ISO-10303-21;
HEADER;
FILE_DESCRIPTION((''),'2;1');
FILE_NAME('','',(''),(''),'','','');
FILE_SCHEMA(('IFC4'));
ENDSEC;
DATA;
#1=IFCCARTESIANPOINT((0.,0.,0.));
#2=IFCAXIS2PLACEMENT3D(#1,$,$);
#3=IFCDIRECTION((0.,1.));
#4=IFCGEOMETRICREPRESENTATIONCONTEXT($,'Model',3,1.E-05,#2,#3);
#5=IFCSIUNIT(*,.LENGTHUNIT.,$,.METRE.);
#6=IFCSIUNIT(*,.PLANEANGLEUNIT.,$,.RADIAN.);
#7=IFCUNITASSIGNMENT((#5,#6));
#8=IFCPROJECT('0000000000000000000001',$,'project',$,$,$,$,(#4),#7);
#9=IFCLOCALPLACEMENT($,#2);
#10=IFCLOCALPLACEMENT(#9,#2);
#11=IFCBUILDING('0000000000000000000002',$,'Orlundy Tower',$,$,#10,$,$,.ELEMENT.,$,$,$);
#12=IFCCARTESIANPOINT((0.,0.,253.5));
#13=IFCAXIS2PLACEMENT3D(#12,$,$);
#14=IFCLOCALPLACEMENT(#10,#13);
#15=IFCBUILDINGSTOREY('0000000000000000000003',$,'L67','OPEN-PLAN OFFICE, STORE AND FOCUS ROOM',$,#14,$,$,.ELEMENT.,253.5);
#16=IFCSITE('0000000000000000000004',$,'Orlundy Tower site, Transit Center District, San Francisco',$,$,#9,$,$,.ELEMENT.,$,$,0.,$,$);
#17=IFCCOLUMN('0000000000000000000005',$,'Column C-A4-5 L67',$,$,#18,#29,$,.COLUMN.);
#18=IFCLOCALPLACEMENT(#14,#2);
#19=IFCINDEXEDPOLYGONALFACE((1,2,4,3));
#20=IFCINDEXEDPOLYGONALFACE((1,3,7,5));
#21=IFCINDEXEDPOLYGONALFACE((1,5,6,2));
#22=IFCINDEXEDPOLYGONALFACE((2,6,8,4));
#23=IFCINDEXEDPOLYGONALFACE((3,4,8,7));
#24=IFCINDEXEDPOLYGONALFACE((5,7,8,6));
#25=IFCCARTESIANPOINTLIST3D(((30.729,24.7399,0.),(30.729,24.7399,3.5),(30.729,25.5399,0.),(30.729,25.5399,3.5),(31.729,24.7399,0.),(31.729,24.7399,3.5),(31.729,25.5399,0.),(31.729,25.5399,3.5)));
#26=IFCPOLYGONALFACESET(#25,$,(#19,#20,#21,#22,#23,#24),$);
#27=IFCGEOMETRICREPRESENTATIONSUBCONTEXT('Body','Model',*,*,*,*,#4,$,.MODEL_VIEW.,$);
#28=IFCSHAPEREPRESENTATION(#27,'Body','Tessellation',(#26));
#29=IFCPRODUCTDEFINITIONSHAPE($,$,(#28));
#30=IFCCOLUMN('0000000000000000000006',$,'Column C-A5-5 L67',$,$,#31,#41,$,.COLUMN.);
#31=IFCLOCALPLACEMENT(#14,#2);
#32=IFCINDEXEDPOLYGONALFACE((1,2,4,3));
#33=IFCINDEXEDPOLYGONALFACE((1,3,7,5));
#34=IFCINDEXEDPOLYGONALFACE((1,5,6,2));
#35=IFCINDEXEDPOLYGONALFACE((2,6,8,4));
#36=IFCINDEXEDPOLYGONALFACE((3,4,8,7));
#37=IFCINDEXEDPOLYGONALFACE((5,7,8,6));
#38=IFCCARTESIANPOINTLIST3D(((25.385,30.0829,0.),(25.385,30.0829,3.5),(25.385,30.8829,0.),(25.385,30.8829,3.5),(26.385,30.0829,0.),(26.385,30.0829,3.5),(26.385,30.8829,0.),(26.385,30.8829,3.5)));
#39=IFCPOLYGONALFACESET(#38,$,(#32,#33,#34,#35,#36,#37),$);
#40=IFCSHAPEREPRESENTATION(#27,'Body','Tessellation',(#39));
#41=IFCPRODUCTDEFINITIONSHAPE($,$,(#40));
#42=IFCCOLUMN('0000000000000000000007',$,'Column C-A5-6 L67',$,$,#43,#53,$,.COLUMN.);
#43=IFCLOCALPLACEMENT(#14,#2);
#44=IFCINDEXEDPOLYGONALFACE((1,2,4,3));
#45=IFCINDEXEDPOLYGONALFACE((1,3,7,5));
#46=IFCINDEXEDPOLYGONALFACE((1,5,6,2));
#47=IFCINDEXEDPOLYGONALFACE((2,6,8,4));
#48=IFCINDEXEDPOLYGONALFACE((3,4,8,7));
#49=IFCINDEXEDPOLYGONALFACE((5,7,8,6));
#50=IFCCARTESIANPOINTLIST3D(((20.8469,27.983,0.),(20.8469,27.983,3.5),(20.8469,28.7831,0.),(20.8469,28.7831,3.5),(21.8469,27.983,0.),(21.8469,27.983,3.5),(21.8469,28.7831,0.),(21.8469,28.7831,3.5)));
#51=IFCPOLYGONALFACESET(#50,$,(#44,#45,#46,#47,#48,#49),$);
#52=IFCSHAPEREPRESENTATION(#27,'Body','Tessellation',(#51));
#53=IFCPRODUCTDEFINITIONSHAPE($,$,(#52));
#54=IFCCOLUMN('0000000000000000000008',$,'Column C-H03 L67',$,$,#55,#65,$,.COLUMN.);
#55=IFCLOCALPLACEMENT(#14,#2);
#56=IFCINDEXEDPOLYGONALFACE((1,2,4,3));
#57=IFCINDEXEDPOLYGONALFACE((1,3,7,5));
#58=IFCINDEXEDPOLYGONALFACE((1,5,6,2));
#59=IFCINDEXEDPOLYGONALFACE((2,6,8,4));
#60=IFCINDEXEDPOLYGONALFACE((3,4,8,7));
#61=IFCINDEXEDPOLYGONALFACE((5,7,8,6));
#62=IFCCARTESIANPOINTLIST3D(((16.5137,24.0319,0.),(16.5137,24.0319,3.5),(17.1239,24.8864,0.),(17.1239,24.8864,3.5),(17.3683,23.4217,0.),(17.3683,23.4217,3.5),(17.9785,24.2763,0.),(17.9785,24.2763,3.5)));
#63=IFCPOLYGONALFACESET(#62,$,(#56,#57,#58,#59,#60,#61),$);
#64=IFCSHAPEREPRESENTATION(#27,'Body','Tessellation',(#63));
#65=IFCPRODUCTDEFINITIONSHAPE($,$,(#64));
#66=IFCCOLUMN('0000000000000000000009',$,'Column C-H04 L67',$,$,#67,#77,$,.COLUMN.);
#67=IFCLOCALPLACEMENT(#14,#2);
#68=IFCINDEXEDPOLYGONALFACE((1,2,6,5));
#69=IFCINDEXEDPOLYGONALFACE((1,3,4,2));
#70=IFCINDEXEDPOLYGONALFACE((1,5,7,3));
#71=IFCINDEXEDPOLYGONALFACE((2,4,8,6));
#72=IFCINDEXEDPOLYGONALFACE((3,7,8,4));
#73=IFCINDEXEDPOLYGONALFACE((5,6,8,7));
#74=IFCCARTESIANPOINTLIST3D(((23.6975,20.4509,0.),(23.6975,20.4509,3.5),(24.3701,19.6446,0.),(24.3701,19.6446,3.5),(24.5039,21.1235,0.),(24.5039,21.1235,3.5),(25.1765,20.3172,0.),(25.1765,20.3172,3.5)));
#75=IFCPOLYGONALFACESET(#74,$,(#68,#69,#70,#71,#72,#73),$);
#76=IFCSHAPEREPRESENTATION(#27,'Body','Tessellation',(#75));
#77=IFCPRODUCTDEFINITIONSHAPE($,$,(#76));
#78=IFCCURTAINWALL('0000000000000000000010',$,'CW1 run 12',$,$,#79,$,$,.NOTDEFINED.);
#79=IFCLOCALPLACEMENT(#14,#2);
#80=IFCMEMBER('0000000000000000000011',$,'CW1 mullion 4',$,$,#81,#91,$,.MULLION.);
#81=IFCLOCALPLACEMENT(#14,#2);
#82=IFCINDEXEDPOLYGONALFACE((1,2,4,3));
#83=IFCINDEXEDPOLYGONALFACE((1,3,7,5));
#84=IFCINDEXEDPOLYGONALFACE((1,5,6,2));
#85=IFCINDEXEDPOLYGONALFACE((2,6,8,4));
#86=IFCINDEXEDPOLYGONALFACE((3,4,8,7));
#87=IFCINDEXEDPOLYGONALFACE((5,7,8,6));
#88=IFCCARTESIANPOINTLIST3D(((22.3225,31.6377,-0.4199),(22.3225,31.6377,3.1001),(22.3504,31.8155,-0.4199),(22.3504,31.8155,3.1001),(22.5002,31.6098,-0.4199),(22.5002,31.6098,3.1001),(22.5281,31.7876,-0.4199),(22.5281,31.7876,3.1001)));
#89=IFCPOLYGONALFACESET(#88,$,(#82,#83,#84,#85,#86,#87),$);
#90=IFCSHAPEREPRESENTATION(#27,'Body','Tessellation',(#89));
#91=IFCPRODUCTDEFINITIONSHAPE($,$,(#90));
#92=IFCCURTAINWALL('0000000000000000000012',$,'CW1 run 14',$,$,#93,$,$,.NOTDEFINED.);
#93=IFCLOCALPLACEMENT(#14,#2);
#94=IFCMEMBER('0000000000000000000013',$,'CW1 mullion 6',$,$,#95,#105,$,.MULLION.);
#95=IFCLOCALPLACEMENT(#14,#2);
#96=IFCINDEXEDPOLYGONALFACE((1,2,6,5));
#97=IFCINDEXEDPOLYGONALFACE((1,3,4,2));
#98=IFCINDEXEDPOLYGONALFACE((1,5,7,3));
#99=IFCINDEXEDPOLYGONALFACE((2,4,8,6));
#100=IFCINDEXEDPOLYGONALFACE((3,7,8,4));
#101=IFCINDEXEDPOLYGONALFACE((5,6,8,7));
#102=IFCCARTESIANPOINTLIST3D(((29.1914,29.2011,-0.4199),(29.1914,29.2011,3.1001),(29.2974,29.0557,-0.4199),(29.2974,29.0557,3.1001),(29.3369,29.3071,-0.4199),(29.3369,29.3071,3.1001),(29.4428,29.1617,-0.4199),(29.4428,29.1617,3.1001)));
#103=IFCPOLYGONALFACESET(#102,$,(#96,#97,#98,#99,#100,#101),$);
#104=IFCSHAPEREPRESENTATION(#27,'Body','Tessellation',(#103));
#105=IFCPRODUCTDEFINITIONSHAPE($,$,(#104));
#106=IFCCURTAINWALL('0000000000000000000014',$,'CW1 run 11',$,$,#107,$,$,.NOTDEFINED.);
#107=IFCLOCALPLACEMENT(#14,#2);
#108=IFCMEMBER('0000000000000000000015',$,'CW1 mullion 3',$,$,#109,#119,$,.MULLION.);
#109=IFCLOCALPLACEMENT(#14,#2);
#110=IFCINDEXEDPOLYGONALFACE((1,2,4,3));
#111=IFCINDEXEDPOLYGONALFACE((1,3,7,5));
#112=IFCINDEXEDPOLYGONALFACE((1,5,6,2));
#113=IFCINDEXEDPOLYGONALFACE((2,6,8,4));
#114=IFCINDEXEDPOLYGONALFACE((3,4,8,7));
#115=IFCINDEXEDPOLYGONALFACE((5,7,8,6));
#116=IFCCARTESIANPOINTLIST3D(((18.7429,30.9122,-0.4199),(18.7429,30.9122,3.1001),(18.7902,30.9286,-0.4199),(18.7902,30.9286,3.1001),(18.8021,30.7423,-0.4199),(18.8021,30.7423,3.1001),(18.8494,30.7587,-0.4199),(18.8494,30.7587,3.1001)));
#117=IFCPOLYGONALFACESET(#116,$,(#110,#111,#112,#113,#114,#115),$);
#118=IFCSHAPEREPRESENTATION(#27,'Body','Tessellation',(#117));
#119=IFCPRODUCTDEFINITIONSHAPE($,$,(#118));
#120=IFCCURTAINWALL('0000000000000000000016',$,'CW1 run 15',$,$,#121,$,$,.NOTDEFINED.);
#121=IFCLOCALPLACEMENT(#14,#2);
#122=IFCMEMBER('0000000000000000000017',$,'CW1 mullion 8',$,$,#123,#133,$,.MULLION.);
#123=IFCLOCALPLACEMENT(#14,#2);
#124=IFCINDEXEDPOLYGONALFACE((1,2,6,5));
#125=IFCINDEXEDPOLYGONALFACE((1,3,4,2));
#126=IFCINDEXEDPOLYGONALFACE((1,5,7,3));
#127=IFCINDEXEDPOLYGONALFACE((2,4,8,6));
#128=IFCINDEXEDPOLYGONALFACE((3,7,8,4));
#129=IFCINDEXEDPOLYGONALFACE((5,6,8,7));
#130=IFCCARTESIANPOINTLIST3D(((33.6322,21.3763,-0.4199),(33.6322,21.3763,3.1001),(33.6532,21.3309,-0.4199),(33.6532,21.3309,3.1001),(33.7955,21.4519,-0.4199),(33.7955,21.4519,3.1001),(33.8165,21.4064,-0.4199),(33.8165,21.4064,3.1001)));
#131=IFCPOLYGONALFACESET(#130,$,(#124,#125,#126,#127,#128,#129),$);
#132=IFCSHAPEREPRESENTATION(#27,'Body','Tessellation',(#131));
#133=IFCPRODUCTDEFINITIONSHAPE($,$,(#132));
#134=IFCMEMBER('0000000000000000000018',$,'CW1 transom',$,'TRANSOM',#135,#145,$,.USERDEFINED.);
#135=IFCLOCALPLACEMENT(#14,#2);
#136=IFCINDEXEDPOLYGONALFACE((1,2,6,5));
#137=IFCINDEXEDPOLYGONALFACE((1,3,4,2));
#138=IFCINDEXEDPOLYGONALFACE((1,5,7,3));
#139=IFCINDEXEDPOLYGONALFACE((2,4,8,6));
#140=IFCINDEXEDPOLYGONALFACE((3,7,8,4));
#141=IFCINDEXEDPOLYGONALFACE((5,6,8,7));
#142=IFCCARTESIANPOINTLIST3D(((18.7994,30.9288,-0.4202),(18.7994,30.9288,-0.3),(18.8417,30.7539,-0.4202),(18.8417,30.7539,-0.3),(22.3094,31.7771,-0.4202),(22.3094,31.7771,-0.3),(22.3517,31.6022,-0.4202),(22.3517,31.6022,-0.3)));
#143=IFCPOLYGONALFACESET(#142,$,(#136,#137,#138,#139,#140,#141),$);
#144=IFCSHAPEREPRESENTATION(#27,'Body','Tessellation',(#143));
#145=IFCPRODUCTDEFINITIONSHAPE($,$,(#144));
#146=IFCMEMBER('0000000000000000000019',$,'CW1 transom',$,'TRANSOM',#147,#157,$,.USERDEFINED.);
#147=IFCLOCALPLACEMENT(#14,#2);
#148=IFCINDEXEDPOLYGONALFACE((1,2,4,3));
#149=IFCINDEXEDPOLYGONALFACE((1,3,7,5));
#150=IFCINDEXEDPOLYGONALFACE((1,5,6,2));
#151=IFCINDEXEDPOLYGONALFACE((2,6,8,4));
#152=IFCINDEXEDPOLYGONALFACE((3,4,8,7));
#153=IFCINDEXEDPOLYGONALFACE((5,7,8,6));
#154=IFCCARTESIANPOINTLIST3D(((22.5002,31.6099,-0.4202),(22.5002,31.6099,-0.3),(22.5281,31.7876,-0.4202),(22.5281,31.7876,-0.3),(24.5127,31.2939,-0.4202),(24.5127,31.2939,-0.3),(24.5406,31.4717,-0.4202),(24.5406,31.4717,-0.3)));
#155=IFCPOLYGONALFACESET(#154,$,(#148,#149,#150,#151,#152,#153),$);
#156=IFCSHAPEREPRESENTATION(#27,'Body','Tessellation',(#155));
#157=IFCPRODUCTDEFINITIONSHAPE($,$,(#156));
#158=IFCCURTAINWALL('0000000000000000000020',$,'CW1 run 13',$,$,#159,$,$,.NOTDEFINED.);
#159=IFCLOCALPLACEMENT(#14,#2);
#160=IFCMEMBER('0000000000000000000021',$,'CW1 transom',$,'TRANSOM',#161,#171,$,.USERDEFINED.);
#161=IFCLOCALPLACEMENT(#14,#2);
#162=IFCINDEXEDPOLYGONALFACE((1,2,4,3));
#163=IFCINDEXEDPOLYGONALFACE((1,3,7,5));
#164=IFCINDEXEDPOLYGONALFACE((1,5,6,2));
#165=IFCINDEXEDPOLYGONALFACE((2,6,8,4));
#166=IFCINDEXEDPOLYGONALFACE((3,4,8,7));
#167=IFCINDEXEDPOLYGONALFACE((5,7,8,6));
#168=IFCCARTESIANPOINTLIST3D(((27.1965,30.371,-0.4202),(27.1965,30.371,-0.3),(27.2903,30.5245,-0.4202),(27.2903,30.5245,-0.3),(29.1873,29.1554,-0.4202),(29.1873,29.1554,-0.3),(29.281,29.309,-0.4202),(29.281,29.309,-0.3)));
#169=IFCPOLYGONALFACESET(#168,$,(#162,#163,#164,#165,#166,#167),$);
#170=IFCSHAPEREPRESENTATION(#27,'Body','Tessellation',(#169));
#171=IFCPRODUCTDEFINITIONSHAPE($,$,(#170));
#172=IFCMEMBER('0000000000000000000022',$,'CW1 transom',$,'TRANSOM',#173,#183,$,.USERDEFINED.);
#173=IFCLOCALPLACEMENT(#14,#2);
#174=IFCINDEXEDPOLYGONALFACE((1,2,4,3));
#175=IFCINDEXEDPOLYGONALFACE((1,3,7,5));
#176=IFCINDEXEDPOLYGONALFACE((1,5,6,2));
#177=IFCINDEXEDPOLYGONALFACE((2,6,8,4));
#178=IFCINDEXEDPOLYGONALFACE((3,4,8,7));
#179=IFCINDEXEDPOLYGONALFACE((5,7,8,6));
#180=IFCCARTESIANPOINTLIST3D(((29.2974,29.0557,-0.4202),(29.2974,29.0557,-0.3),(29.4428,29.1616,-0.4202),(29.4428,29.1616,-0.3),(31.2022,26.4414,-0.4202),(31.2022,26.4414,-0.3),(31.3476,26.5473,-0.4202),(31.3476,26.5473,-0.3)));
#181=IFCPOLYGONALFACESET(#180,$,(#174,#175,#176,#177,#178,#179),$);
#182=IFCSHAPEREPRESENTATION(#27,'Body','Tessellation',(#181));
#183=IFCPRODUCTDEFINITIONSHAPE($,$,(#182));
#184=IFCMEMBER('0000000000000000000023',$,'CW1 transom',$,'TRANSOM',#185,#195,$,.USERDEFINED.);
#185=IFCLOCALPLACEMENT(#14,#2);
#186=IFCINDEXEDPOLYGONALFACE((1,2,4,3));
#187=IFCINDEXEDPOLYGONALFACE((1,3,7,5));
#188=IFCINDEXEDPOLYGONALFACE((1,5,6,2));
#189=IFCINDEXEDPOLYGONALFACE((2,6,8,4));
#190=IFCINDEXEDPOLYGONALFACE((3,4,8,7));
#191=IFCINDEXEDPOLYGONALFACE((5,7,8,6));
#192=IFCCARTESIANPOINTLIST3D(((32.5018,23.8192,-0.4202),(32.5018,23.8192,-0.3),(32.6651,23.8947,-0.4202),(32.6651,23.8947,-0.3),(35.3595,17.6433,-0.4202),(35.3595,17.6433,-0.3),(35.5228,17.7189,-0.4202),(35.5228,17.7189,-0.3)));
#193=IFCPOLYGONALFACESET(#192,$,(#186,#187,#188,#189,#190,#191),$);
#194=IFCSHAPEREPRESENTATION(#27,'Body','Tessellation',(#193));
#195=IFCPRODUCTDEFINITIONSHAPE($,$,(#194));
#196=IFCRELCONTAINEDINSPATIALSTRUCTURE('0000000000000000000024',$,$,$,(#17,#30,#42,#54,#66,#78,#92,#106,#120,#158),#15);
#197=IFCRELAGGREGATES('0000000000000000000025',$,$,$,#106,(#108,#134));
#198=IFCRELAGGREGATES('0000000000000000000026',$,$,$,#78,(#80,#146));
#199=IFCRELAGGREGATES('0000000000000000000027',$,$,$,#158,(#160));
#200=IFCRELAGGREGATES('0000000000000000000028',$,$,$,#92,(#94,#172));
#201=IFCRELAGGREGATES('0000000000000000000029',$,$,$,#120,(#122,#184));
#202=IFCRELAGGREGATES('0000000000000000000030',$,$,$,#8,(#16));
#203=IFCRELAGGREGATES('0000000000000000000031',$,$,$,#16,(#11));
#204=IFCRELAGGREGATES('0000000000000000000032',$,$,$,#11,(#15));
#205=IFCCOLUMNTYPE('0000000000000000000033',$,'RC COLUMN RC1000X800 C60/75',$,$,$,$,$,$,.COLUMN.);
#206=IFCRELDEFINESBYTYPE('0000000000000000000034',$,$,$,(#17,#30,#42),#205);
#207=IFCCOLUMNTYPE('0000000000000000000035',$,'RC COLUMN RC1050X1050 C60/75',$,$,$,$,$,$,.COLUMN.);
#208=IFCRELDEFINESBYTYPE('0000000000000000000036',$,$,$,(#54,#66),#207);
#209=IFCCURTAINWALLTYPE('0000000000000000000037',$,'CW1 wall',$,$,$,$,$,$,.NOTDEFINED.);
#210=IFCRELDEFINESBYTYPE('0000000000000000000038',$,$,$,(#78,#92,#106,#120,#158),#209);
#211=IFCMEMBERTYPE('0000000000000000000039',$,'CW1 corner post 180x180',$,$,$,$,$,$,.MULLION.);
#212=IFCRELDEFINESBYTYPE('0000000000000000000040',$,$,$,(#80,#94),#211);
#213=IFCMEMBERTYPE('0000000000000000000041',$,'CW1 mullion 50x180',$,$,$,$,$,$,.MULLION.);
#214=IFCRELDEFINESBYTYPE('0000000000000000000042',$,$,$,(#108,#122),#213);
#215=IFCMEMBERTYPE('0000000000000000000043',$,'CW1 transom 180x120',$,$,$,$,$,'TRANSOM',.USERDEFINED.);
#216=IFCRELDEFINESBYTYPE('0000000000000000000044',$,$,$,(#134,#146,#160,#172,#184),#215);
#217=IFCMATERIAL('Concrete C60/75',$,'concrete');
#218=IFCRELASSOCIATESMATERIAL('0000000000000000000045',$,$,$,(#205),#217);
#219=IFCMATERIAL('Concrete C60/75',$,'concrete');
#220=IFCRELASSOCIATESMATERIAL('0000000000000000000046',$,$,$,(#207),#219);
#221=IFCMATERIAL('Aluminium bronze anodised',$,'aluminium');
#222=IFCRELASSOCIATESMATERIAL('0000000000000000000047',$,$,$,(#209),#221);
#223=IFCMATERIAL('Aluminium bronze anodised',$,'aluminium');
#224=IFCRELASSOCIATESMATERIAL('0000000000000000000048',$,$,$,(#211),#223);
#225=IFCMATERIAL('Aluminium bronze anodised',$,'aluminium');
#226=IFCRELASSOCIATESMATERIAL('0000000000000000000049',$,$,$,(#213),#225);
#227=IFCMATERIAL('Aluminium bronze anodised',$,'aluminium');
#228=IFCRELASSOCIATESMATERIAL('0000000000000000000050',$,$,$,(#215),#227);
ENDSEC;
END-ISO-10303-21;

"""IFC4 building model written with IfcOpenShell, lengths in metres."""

from ifc_helpers import new_model, si_unit, direction, frame, origin, origin_2d, place, context, subcontext, project, spatial, rectangle, extrude, material, material_profile, profile_set, type_object, element, aggregate, save


model = new_model("IFC4")

# Units and contexts
model_context = context("Model", 3, precision=1e-05, world=origin(), true_north=direction((0.0, 1.0)))
body_context = subcontext(model_context, "Body", "Model", "MODEL_VIEW")
ifc_project = project(units=[si_unit("LENGTHUNIT", "METRE"), si_unit("PLANEANGLEUNIT", "RADIAN")], contexts=[model_context])

# Site, building, storey
site_placement = place(None, origin())
site = spatial("IfcSite", under=ifc_project, at=site_placement, Name="Orlundy Tower site, Transit Center District, San Francisco", CompositionType="ELEMENT", RefElevation=0.0)
building_placement = place(site_placement, origin())
building = spatial("IfcBuilding", under=site, at=building_placement, Name="Orlundy Tower", CompositionType="ELEMENT")
storey_placement = place(building_placement, frame((0.0, 0.0, 253.5)))
storey = spatial("IfcBuildingStorey", under=building, at=storey_placement, Name="L67", Description="OPEN-PLAN OFFICE, STORE AND FOCUS ROOM", CompositionType="ELEMENT", Elevation=253.5)

# Columns
ifc_material_1 = material(Name="Concrete C60/75", Category="concrete")
ifc_material_profile_1 = material_profile(ifc_material_1, rectangle(XDim=1.0, YDim=0.8, at=origin_2d()), Name="RC1000X800")
ifc_profile_set_1 = profile_set([ifc_material_profile_1], Name="Concrete C60/75")
column_type_1 = type_object("IfcColumnType", Name="RC COLUMN RC1000X800 C60/75", PredefinedType="COLUMN", material=ifc_profile_set_1)
for number, where, z_axis, x_axis, name in (
    (1, (31.229, 25.1399, 0.0), (0.0, 0.0, 1.0), (1.0, 0.0, 0.0), "Column C-A4-5 L67"),
    (2, (25.885, 30.4829, 0.0), (0.0, 0.0, 1.0), (1.0, 0.0, 0.0), "Column C-A5-5 L67"),
    (3, (21.3469, 28.3831, 0.0), (0.0, 0.0, 1.0), (1.0, 0.0, 0.0), "Column C-A5-6 L67"),
):
    element("IfcColumn", number, at=place(storey_placement, frame(where, z_axis=z_axis, x_axis=x_axis)), inside=storey, type_object=column_type_1, Name=name, PredefinedType="COLUMN", context=body_context, shape_type="SweptSolid", body=[
        extrude(rectangle(XDim=1.0, YDim=0.8, at=origin_2d()), origin(), (0.0, 0.0, 1.0), 3.5),
    ])
ifc_material_2 = material(Name="Concrete C60/75", Category="concrete")
ifc_material_profile_2 = material_profile(ifc_material_2, rectangle(XDim=1.05, YDim=1.05, at=origin_2d()), Name="RC1050X1050")
ifc_profile_set_2 = profile_set([ifc_material_profile_2], Name="Concrete C60/75")
column_type_2 = type_object("IfcColumnType", Name="RC COLUMN RC1050X1050 C60/75", PredefinedType="COLUMN", material=ifc_profile_set_2)
for number, where, z_axis, x_axis, name in (
    (4, (17.2461, 24.1541, 0.0), (0.0, 0.0, 1.0), (0.581087, 0.813842, 0.0), "Column C-H03 L67"),
    (5, (24.437, 20.384, 0.0), (0.0, 0.0, 1.0), (0.767915, 0.640552, 0.0), "Column C-H04 L67"),
):
    element("IfcColumn", number, at=place(storey_placement, frame(where, z_axis=z_axis, x_axis=x_axis)), inside=storey, type_object=column_type_2, Name=name, PredefinedType="COLUMN", context=body_context, shape_type="SweptSolid", body=[
        extrude(rectangle(XDim=1.05, YDim=1.05, at=origin_2d()), origin(), (0.0, 0.0, 1.0), 3.5),
    ])

# Curtain walls, members
ifc_material_3 = material(Name="Aluminium bronze anodised", Category="aluminium")
curtain_wall_type = type_object("IfcCurtainWallType", Name="CW1 wall", PredefinedType="NOTDEFINED", material=ifc_material_3)
curtain_wall_1_placement = place(storey_placement, origin())
curtain_wall_1 = element("IfcCurtainWall", 6, at=curtain_wall_1_placement, inside=storey, type_object=curtain_wall_type, Name="CW1 run 12", PredefinedType="NOTDEFINED")
ifc_material_4 = material(Name="Aluminium bronze anodised", Category="aluminium")
ifc_material_profile_3 = material_profile(ifc_material_4, rectangle(XDim=0.1799, YDim=0.1799, at=origin_2d()), Name="CW1 corner post 180x180")
ifc_profile_set_3 = profile_set([ifc_material_profile_3], Name="Aluminium bronze anodised")
member_type_1 = type_object("IfcMemberType", Name="CW1 corner post 180x180", PredefinedType="MULLION", material=ifc_profile_set_3)
member_1_placement = place(storey_placement, frame((22.4253, 31.7126, -0.4199), z_axis=(0.0, 0.0, 1.0), x_axis=(0.155117, 0.987896, 0.0)))
member_1 = element("IfcMember", 7, at=member_1_placement, type_object=member_type_1, Name="CW1 mullion 4", PredefinedType="MULLION", context=body_context, shape_type="SweptSolid", body=[
    extrude(rectangle(XDim=0.1799, YDim=0.1799, at=origin_2d()), origin(), (0.0, 0.0, 1.0), 3.52),
])
curtain_wall_2_placement = place(storey_placement, origin())
curtain_wall_2 = element("IfcCurtainWall", 8, at=curtain_wall_2_placement, inside=storey, type_object=curtain_wall_type, Name="CW1 run 14", PredefinedType="NOTDEFINED")
member_2_placement = place(storey_placement, frame((29.3171, 29.1814, -0.4199), z_axis=(0.0, 0.0, 1.0), x_axis=(0.808211, 0.588893, 0.0)))
member_2 = element("IfcMember", 9, at=member_2_placement, type_object=member_type_1, Name="CW1 mullion 6", PredefinedType="MULLION", context=body_context, shape_type="SweptSolid", body=[
    extrude(rectangle(XDim=0.1799, YDim=0.1799, at=origin_2d()), origin(), (0.0, 0.0, 1.0), 3.52),
])
curtain_wall_3_placement = place(storey_placement, origin())
curtain_wall_3 = element("IfcCurtainWall", 10, at=curtain_wall_3_placement, inside=storey, type_object=curtain_wall_type, Name="CW1 run 11", PredefinedType="NOTDEFINED")
ifc_material_5 = material(Name="Aluminium bronze anodised", Category="aluminium")
ifc_material_profile_4 = material_profile(ifc_material_5, rectangle(XDim=0.1799, YDim=0.05, at=origin_2d()), Name="CW1 mullion 50x180")
ifc_profile_set_4 = profile_set([ifc_material_profile_4], Name="Aluminium bronze anodised")
member_type_2 = type_object("IfcMemberType", Name="CW1 mullion 50x180", PredefinedType="MULLION", material=ifc_profile_set_4)
member_3_placement = place(storey_placement, frame((18.7961, 30.8354, -0.4199), z_axis=(0.0, 0.0, 1.0), x_axis=(-0.329058, 0.94431, 0.0)))
member_3 = element("IfcMember", 11, at=member_3_placement, type_object=member_type_2, Name="CW1 mullion 3", PredefinedType="MULLION", context=body_context, shape_type="SweptSolid", body=[
    extrude(rectangle(XDim=0.1799, YDim=0.05, at=origin_2d()), origin(), (0.0, 0.0, 1.0), 3.52),
])
curtain_wall_4_placement = place(storey_placement, origin())
curtain_wall_4 = element("IfcCurtainWall", 12, at=curtain_wall_4_placement, inside=storey, type_object=curtain_wall_type, Name="CW1 run 15", PredefinedType="NOTDEFINED")
member_4_placement = place(storey_placement, frame((33.7244, 21.3914, -0.4199), z_axis=(0.0, 0.0, 1.0), x_axis=(0.907542, 0.419961, 0.0)))
member_4 = element("IfcMember", 13, at=member_4_placement, type_object=member_type_2, Name="CW1 mullion 8", PredefinedType="MULLION", context=body_context, shape_type="SweptSolid", body=[
    extrude(rectangle(XDim=0.1799, YDim=0.05, at=origin_2d()), origin(), (0.0, 0.0, 1.0), 3.52),
])

# Members
ifc_material_6 = material(Name="Aluminium bronze anodised", Category="aluminium")
ifc_material_profile_5 = material_profile(ifc_material_6, rectangle(XDim=0.1799, YDim=0.1201, at=origin_2d()), Name="CW1 transom 180x120")
ifc_profile_set_5 = profile_set([ifc_material_profile_5], Name="Aluminium bronze anodised")
member_type_3 = type_object("IfcMemberType", Name="CW1 transom 180x120", ElementType="TRANSOM", PredefinedType="USERDEFINED", material=ifc_profile_set_5)
member_5_placement = place(storey_placement, frame((18.8206, 30.8413, -0.3601), z_axis=(0.97201, 0.23494, 0.0), x_axis=(-0.23494, 0.97201, 0.0)))
member_5 = element("IfcMember", 14, at=member_5_placement, type_object=member_type_3, Name="CW1 transom", ObjectType="TRANSOM", PredefinedType="USERDEFINED", context=body_context, shape_type="SweptSolid", body=[
    extrude(rectangle(XDim=0.1799, YDim=0.1201, at=origin_2d()), origin(), (0.0, 0.0, 1.0), 3.6111),
])
member_6_placement = place(storey_placement, frame((22.5142, 31.6987, -0.3601), z_axis=(0.987902, -0.155082, 0.0), x_axis=(0.155082, 0.987902, 0.0)))
member_6 = element("IfcMember", 15, at=member_6_placement, type_object=member_type_3, Name="CW1 transom", ObjectType="TRANSOM", PredefinedType="USERDEFINED", context=body_context, shape_type="SweptSolid", body=[
    extrude(rectangle(XDim=0.1799, YDim=0.1201, at=origin_2d()), origin(), (0.0, 0.0, 1.0), 2.0371),
])

# Curtain wall, member
curtain_wall_5_placement = place(storey_placement, origin())
curtain_wall_5 = element("IfcCurtainWall", 16, at=curtain_wall_5_placement, inside=storey, type_object=curtain_wall_type, Name="CW1 run 13", PredefinedType="NOTDEFINED")
member_7_placement = place(storey_placement, frame((27.2434, 30.4478, -0.3601), z_axis=(0.853468, -0.521145, 0.0), x_axis=(0.521145, 0.853468, 0.0)))
member_7 = element("IfcMember", 17, at=member_7_placement, type_object=member_type_3, Name="CW1 transom", ObjectType="TRANSOM", PredefinedType="USERDEFINED", context=body_context, shape_type="SweptSolid", body=[
    extrude(rectangle(XDim=0.1799, YDim=0.1201, at=origin_2d()), origin(), (0.0, 0.0, 1.0), 2.3325),
])

# Members
member_8_placement = place(storey_placement, frame((29.3701, 29.1086, -0.3601), z_axis=(0.588881, -0.80822, 0.0), x_axis=(0.80822, 0.588881, 0.0)))
member_8 = element("IfcMember", 18, at=member_8_placement, type_object=member_type_3, Name="CW1 transom", ObjectType="TRANSOM", PredefinedType="USERDEFINED", context=body_context, shape_type="SweptSolid", body=[
    extrude(rectangle(XDim=0.1799, YDim=0.1201, at=origin_2d()), origin(), (0.0, 0.0, 1.0), 3.2346),
])
member_9_placement = place(storey_placement, frame((32.5835, 23.8569, -0.3601), z_axis=(0.419943, -0.90755, 0.0), x_axis=(0.90755, 0.419943, 0.0)))
member_9 = element("IfcMember", 19, at=member_9_placement, type_object=member_type_3, Name="CW1 transom", ObjectType="TRANSOM", PredefinedType="USERDEFINED", context=body_context, shape_type="SweptSolid", body=[
    extrude(rectangle(XDim=0.1799, YDim=0.1201, at=origin_2d()), origin(), (0.0, 0.0, 1.0), 6.8049),
])

aggregate(curtain_wall_3, [member_3, member_5])
aggregate(curtain_wall_1, [member_1, member_6])
aggregate(curtain_wall_5, [member_7])
aggregate(curtain_wall_2, [member_2, member_8])
aggregate(curtain_wall_4, [member_4, member_9])

save(model, "model.ifc")
